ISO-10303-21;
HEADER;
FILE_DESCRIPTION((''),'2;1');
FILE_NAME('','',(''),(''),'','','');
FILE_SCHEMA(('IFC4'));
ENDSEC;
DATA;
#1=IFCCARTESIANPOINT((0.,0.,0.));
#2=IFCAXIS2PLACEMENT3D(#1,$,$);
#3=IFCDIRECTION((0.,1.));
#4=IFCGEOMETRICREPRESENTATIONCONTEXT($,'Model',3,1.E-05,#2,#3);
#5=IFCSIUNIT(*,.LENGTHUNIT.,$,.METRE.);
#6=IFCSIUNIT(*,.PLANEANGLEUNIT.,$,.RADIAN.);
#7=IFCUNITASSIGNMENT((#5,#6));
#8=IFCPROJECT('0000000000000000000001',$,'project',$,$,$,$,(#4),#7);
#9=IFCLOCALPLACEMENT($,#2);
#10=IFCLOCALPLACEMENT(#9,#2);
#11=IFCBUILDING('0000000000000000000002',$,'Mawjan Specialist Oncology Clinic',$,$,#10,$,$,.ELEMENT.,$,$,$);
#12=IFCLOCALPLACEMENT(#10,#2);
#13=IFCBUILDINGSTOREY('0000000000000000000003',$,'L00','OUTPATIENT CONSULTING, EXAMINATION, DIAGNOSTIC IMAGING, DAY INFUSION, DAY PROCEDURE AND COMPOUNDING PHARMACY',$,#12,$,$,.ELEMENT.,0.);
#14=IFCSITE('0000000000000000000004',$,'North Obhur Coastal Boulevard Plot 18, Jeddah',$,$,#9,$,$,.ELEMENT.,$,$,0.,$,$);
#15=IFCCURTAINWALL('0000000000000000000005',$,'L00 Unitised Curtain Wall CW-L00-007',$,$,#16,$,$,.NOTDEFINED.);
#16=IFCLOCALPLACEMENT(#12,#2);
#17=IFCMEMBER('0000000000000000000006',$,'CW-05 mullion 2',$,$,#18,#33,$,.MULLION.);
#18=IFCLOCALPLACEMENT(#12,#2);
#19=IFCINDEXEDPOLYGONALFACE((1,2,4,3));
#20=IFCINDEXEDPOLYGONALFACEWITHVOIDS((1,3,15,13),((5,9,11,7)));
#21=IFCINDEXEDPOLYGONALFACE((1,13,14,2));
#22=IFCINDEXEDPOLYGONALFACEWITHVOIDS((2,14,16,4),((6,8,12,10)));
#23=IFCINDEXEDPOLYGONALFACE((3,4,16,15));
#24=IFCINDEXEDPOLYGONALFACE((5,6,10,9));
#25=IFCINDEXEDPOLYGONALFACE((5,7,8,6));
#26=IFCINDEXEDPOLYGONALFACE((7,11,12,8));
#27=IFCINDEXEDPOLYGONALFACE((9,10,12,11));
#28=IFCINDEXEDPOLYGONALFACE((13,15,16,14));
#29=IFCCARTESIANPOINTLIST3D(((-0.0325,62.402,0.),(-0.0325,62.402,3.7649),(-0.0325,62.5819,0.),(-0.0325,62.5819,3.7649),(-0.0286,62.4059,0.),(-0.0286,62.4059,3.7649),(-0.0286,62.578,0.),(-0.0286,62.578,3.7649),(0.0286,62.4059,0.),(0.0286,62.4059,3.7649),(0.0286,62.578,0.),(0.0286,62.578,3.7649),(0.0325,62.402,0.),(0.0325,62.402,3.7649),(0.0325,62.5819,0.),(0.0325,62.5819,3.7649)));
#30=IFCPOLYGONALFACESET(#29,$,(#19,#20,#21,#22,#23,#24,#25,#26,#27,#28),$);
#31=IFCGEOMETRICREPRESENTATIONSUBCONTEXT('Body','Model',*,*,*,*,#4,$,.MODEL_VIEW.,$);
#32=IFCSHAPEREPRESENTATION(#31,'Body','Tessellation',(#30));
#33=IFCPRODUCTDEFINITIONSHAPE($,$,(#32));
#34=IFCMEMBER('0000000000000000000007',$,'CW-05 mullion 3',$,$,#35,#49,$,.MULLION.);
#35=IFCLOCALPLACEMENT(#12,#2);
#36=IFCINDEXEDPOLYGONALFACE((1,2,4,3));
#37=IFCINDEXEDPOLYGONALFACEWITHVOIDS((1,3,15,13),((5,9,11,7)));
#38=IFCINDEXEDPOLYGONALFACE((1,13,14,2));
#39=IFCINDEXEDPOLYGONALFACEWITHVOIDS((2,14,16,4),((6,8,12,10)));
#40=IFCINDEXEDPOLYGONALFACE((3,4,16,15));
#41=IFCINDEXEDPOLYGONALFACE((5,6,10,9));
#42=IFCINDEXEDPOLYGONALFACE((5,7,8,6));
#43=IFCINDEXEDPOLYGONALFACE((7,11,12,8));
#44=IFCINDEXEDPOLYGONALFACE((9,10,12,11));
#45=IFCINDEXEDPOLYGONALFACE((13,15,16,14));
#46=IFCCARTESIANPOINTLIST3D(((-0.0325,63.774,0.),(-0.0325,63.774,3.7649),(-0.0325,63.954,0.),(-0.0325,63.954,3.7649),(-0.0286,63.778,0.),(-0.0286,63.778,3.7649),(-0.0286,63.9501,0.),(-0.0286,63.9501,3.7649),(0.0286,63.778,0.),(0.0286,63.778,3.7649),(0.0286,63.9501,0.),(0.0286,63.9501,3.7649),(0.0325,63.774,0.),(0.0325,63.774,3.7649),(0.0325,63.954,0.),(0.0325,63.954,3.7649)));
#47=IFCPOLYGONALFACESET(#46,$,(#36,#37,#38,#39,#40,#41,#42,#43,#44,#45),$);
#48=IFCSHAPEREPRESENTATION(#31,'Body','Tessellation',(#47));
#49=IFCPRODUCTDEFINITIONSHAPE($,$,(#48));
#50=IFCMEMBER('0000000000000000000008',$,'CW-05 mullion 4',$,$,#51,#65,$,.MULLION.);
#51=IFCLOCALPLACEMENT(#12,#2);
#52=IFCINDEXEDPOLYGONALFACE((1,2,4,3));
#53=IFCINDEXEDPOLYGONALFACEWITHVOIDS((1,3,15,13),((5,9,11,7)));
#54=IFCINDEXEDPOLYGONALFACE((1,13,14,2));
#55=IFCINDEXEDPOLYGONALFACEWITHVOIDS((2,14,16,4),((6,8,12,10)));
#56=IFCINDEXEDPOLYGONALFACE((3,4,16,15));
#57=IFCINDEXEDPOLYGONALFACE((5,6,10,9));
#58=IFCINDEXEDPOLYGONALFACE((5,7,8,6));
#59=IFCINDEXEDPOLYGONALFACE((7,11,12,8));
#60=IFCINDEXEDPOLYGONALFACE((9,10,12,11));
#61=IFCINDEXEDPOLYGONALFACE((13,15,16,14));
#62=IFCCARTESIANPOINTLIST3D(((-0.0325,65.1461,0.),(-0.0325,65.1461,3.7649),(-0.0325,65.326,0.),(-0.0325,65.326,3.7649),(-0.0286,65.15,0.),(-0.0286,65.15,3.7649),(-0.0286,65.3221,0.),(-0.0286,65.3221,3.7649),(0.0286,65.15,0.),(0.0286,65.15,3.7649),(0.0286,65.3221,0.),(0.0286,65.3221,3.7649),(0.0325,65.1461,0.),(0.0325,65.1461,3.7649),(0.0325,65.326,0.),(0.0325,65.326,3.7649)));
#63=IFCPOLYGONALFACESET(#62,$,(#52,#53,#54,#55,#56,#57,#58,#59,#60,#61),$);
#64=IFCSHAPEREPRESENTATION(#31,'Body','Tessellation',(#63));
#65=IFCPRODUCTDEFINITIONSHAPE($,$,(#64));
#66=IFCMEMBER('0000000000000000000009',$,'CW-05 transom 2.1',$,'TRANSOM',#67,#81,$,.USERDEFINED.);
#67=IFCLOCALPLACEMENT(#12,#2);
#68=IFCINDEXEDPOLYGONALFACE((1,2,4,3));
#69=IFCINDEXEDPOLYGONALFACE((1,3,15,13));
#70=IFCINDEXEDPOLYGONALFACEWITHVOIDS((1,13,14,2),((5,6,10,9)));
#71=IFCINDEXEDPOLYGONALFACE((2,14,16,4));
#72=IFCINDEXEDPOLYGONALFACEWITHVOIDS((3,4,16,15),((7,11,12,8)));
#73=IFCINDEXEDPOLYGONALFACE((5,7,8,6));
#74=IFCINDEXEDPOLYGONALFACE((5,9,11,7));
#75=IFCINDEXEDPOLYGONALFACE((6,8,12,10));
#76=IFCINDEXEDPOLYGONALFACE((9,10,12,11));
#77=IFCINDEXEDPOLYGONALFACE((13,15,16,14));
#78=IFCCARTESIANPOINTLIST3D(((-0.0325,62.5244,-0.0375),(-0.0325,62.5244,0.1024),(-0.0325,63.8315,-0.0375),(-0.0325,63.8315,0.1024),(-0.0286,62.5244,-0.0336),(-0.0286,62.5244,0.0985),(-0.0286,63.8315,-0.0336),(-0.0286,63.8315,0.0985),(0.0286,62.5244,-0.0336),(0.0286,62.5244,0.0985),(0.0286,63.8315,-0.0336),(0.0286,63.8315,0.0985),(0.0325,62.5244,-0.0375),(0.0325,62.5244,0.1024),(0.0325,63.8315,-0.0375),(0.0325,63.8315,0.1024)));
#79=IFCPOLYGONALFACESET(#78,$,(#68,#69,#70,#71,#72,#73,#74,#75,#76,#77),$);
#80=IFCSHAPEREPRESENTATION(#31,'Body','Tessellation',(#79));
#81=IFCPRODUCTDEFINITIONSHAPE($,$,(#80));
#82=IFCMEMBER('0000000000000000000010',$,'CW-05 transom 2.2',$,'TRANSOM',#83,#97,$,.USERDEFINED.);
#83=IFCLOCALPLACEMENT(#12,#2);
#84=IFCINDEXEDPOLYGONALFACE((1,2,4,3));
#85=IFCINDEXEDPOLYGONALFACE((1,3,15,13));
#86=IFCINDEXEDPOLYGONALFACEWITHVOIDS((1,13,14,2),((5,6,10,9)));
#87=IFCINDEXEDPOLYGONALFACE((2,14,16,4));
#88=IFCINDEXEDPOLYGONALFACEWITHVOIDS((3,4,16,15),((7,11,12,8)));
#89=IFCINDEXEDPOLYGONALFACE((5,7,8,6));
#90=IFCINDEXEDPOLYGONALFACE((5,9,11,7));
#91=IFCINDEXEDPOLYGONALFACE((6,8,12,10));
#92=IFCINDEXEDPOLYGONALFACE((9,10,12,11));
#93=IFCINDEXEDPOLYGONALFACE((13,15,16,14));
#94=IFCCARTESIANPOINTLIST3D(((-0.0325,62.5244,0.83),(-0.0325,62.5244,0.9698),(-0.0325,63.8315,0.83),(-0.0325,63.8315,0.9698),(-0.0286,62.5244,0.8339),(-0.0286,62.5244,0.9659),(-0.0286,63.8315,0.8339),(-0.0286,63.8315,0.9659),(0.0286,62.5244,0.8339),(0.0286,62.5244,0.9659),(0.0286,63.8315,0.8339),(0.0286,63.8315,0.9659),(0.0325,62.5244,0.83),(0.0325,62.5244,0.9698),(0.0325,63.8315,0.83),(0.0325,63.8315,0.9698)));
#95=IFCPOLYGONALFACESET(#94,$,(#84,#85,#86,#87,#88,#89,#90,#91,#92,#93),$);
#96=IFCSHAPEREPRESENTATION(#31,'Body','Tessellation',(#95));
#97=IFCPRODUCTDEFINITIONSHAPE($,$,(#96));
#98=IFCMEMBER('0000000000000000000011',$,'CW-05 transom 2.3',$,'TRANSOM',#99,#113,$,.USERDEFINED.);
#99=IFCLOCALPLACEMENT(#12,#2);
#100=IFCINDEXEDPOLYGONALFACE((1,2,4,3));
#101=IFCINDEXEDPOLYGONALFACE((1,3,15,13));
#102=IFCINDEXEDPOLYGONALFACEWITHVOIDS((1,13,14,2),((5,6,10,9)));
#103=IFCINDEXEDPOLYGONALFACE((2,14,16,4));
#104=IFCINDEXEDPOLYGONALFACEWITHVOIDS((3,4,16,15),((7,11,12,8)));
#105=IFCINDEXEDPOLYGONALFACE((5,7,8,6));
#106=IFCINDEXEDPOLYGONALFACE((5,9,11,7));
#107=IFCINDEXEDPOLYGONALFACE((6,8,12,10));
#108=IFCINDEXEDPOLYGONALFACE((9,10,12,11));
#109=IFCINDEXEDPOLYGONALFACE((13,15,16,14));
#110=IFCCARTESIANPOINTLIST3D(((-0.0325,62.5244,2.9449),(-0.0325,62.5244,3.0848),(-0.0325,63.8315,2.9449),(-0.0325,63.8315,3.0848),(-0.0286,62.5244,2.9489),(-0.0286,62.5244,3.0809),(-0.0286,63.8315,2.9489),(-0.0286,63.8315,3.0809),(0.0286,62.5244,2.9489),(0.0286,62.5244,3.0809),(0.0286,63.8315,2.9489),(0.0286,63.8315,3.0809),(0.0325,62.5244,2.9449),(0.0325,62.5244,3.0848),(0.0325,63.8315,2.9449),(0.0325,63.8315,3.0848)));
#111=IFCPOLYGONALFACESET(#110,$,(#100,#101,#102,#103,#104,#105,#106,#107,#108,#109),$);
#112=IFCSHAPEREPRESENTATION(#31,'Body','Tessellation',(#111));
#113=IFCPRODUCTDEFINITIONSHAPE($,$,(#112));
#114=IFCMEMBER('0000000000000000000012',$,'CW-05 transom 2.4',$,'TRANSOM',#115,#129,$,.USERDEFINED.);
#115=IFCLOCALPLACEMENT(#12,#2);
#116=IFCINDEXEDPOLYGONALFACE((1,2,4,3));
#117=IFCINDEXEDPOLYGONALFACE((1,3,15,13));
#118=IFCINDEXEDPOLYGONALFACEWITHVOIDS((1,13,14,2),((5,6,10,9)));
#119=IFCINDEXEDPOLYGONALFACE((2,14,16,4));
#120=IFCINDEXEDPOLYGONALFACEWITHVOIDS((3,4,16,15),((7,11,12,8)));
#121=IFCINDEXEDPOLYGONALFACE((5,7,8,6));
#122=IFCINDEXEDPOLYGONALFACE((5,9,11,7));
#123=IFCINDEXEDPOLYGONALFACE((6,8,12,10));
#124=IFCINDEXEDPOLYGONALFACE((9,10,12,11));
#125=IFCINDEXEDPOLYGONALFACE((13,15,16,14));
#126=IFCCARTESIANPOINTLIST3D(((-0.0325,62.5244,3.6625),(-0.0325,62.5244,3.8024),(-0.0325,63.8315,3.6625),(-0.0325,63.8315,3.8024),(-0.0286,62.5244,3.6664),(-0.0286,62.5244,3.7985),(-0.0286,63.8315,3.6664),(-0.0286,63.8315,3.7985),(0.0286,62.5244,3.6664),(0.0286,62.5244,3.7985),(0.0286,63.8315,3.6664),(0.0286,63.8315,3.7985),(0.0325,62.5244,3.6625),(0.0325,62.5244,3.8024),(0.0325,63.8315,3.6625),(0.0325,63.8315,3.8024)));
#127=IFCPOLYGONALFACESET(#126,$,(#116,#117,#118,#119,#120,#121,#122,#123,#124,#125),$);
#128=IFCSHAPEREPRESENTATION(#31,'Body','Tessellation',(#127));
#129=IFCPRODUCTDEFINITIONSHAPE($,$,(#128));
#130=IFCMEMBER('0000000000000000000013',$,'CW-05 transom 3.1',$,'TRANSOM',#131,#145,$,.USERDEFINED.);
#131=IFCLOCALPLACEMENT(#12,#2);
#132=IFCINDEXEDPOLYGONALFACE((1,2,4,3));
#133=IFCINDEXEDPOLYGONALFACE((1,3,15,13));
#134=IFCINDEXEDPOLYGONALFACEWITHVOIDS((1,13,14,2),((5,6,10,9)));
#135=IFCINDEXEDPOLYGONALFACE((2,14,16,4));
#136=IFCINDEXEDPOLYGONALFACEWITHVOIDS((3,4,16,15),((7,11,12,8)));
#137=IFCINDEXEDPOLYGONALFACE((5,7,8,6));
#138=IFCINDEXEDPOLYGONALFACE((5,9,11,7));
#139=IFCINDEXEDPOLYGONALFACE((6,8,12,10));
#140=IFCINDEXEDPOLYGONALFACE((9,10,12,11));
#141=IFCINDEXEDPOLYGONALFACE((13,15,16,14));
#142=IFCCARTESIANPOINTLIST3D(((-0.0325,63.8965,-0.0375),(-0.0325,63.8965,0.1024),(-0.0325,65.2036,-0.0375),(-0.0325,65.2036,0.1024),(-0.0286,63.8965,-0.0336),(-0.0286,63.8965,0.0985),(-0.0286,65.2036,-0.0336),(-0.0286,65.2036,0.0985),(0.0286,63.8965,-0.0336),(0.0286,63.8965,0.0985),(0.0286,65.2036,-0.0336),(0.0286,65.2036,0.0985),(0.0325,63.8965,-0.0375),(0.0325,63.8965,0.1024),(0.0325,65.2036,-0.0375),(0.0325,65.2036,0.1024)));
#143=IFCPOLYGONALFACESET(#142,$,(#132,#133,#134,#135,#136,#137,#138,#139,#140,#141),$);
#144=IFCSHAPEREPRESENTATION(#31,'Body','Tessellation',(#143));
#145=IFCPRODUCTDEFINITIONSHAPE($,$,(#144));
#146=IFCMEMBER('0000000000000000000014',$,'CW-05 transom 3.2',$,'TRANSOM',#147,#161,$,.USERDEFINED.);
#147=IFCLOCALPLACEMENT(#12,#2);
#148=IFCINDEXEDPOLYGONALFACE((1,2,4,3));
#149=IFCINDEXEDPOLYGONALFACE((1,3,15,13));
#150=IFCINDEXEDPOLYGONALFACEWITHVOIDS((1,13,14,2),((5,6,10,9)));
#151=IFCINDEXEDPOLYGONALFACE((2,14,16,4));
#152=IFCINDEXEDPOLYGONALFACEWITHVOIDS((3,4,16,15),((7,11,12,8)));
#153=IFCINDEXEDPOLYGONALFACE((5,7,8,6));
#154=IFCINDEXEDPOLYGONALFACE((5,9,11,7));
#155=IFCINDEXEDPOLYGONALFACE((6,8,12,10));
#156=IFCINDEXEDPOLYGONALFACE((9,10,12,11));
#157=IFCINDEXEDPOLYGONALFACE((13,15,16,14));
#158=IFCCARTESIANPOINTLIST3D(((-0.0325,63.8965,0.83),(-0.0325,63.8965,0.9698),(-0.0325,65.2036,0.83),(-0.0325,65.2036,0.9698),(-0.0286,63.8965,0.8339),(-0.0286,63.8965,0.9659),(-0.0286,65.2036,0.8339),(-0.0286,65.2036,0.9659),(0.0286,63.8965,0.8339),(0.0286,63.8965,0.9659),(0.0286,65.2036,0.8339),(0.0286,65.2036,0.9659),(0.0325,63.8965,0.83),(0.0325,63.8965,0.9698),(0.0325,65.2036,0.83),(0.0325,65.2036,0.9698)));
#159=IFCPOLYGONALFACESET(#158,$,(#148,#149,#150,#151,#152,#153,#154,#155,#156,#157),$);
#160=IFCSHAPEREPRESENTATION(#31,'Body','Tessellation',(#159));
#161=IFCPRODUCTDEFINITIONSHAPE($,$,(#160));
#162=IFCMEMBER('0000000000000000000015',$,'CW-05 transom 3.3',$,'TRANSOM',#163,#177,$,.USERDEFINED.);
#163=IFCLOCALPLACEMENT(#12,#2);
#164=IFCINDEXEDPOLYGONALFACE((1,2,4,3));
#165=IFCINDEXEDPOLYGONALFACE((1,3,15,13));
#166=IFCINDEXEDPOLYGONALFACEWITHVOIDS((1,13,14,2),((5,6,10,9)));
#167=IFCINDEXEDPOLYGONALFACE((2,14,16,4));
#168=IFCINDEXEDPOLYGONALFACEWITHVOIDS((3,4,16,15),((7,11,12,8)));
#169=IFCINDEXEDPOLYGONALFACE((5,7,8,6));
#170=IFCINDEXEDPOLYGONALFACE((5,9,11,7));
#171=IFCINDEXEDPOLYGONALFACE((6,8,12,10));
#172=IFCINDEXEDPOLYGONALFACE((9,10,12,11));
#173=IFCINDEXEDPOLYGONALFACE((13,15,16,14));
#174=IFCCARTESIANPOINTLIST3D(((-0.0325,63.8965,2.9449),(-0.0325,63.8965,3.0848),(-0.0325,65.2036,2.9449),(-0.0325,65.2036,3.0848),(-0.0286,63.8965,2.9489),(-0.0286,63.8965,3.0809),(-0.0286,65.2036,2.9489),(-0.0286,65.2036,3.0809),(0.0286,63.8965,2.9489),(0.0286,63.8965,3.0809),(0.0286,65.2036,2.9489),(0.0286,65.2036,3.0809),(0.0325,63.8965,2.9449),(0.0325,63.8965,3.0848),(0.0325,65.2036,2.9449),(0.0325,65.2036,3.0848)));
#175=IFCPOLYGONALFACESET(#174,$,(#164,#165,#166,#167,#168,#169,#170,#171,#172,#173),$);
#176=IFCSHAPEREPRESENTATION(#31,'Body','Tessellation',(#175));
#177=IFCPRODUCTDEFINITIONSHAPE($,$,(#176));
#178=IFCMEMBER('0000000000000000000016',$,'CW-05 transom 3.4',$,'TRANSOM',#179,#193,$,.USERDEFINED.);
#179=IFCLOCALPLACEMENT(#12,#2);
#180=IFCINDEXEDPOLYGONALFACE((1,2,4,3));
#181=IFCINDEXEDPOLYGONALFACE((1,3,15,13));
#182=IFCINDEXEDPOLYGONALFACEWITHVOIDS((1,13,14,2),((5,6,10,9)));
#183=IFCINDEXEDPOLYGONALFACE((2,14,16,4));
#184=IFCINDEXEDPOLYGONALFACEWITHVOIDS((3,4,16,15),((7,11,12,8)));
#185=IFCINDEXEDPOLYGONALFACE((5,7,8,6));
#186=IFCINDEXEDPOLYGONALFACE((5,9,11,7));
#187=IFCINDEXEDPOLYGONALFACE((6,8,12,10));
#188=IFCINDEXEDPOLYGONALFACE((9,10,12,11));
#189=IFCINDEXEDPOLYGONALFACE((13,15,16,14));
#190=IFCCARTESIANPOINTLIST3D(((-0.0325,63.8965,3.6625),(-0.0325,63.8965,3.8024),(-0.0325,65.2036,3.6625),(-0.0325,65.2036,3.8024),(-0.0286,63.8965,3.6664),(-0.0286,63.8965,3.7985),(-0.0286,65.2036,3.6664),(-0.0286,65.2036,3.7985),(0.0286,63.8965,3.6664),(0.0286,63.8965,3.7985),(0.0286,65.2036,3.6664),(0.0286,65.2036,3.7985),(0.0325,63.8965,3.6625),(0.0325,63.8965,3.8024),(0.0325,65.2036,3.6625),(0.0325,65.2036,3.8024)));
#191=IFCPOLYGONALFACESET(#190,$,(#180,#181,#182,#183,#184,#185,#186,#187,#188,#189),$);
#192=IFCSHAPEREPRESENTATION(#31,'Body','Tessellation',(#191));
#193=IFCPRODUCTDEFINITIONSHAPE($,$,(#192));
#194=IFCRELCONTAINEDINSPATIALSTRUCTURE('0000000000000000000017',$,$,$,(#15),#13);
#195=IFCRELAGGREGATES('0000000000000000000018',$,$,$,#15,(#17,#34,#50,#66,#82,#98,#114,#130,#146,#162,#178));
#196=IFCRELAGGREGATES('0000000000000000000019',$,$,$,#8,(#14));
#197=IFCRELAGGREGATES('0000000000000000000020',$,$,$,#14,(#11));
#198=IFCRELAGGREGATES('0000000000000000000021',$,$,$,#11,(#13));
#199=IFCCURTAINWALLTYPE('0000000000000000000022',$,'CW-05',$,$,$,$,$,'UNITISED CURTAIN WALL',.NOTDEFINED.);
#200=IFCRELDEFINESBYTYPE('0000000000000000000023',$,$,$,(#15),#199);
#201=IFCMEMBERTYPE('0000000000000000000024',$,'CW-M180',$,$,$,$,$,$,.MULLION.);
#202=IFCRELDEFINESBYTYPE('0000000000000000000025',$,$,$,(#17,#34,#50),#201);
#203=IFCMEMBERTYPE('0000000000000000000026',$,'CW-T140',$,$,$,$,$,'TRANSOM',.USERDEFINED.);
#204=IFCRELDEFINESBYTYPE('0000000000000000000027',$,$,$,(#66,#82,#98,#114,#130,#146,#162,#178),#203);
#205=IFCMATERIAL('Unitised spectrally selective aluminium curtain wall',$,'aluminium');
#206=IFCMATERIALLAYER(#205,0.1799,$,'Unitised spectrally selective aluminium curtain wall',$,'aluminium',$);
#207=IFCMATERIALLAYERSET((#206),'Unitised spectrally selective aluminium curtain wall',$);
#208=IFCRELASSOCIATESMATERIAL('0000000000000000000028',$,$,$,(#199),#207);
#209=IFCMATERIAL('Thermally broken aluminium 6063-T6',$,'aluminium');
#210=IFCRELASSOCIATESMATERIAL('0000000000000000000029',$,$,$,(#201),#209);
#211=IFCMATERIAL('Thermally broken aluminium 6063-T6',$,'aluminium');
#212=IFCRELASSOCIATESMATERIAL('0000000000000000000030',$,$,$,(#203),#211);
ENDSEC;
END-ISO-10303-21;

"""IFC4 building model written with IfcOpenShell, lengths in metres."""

from ifc_helpers import new_model, si_unit, direction, frame, origin, origin_2d, place, context, subcontext, project, spatial, hollow_rectangle, extrude, material, layer, layer_set, material_profile, profile_set, type_object, element, aggregate, save


model = new_model("IFC4")

# Units and contexts
model_context = context("Model", 3, precision=1e-05, world=origin(), true_north=direction((0.0, 1.0)))
body_context = subcontext(model_context, "Body", "Model", "MODEL_VIEW")
ifc_project = project(units=[si_unit("LENGTHUNIT", "METRE"), si_unit("PLANEANGLEUNIT", "RADIAN")], contexts=[model_context])

# Site, building, storey
site_placement = place(None, origin())
site = spatial("IfcSite", under=ifc_project, at=site_placement, Name="North Obhur Coastal Boulevard Plot 18, Jeddah", CompositionType="ELEMENT", RefElevation=0.0)
building_placement = place(site_placement, origin())
building = spatial("IfcBuilding", under=site, at=building_placement, Name="Mawjan Specialist Oncology Clinic", CompositionType="ELEMENT")
storey_placement = place(building_placement, origin())
storey = spatial("IfcBuildingStorey", under=building, at=storey_placement, Name="L00", Description="OUTPATIENT CONSULTING, EXAMINATION, DIAGNOSTIC IMAGING, DAY INFUSION, DAY PROCEDURE AND COMPOUNDING PHARMACY", CompositionType="ELEMENT", Elevation=0.0)

# Curtain wall, members
ifc_material_1 = material(Name="Unitised spectrally selective aluminium curtain wall", Category="aluminium")
ifc_layer_1 = layer(ifc_material_1, 0.1799, Name="Unitised spectrally selective aluminium curtain wall", Category="aluminium")
ifc_layer_set_1 = layer_set([ifc_layer_1], Name="Unitised spectrally selective aluminium curtain wall")
curtain_wall_type = type_object("IfcCurtainWallType", Name="CW-05", ElementType="UNITISED CURTAIN WALL", PredefinedType="NOTDEFINED", material=ifc_layer_set_1)
curtain_wall_placement = place(storey_placement, origin())
curtain_wall = element("IfcCurtainWall", 1, at=curtain_wall_placement, inside=storey, type_object=curtain_wall_type, Name="L00 Unitised Curtain Wall CW-L00-007", PredefinedType="NOTDEFINED")
ifc_material_2 = material(Name="Thermally broken aluminium 6063-T6", Category="aluminium")
ifc_material_profile_1 = material_profile(ifc_material_2, hollow_rectangle(XDim=0.0649, YDim=0.1799, WallThickness=0.0039, at=origin_2d()), Name="ALU MULLION 180x65x4", Category="aluminium")
ifc_profile_set_1 = profile_set([ifc_material_profile_1], Name="Thermally broken aluminium 6063-T6")
member_type_1 = type_object("IfcMemberType", Name="CW-M180", PredefinedType="MULLION", material=ifc_profile_set_1)
member_1_placement = place(storey_placement, frame((0.0, 62.4919, 0.0), z_axis=(0.0, 0.0, 1.0), x_axis=(-1.0, 0.0, 0.0)))
member_1 = element("IfcMember", 2, at=member_1_placement, type_object=member_type_1, Name="CW-05 mullion 2", PredefinedType="MULLION", context=body_context, shape_type="SweptSolid", body=[
    extrude(hollow_rectangle(XDim=0.0649, YDim=0.1799, WallThickness=0.0039, at=origin_2d()), origin(), (0.0, 0.0, 1.0), 3.7649),
])
member_2_placement = place(storey_placement, frame((0.0, 63.864, 0.0), z_axis=(0.0, 0.0, 1.0), x_axis=(-1.0, 0.0, 0.0)))
member_2 = element("IfcMember", 3, at=member_2_placement, type_object=member_type_1, Name="CW-05 mullion 3", PredefinedType="MULLION", context=body_context, shape_type="SweptSolid", body=[
    extrude(hollow_rectangle(XDim=0.0649, YDim=0.1799, WallThickness=0.0039, at=origin_2d()), origin(), (0.0, 0.0, 1.0), 3.7649),
])
member_3_placement = place(storey_placement, frame((0.0, 65.2361, 0.0), z_axis=(0.0, 0.0, 1.0), x_axis=(-1.0, 0.0, 0.0)))
member_3 = element("IfcMember", 4, at=member_3_placement, type_object=member_type_1, Name="CW-05 mullion 4", PredefinedType="MULLION", context=body_context, shape_type="SweptSolid", body=[
    extrude(hollow_rectangle(XDim=0.0649, YDim=0.1799, WallThickness=0.0039, at=origin_2d()), origin(), (0.0, 0.0, 1.0), 3.7649),
])
ifc_material_3 = material(Name="Thermally broken aluminium 6063-T6", Category="aluminium")
ifc_material_profile_2 = material_profile(ifc_material_3, hollow_rectangle(XDim=0.0649, YDim=0.1399, WallThickness=0.0039, at=origin_2d()), Name="ALU TRANSOM 140x65x4", Category="aluminium")
ifc_profile_set_2 = profile_set([ifc_material_profile_2], Name="Thermally broken aluminium 6063-T6")
member_type_2 = type_object("IfcMemberType", Name="CW-T140", ElementType="TRANSOM", PredefinedType="USERDEFINED", material=ifc_profile_set_2)
member_4_placement = place(storey_placement, frame((0.0, 62.5244, 0.0325), z_axis=(0.0, 1.0, 0.0), x_axis=(-1.0, 0.0, 0.0)))
member_4 = element("IfcMember", 5, at=member_4_placement, type_object=member_type_2, Name="CW-05 transom 2.1", ObjectType="TRANSOM", PredefinedType="USERDEFINED", context=body_context, shape_type="SweptSolid", body=[
    extrude(hollow_rectangle(XDim=0.0649, YDim=0.1399, WallThickness=0.0039, at=origin_2d()), origin(), (0.0, 0.0, 1.0), 1.3071),
])
member_5_placement = place(storey_placement, frame((0.0, 62.5244, 0.8999), z_axis=(0.0, 1.0, 0.0), x_axis=(-1.0, 0.0, 0.0)))
member_5 = element("IfcMember", 6, at=member_5_placement, type_object=member_type_2, Name="CW-05 transom 2.2", ObjectType="TRANSOM", PredefinedType="USERDEFINED", context=body_context, shape_type="SweptSolid", body=[
    extrude(hollow_rectangle(XDim=0.0649, YDim=0.1399, WallThickness=0.0039, at=origin_2d()), origin(), (0.0, 0.0, 1.0), 1.3071),
])
member_6_placement = place(storey_placement, frame((0.0, 62.5244, 3.0149), z_axis=(0.0, 1.0, 0.0), x_axis=(-1.0, 0.0, 0.0)))
member_6 = element("IfcMember", 7, at=member_6_placement, type_object=member_type_2, Name="CW-05 transom 2.3", ObjectType="TRANSOM", PredefinedType="USERDEFINED", context=body_context, shape_type="SweptSolid", body=[
    extrude(hollow_rectangle(XDim=0.0649, YDim=0.1399, WallThickness=0.0039, at=origin_2d()), origin(), (0.0, 0.0, 1.0), 1.3071),
])
member_7_placement = place(storey_placement, frame((0.0, 62.5244, 3.7324), z_axis=(0.0, 1.0, 0.0), x_axis=(-1.0, 0.0, 0.0)))
member_7 = element("IfcMember", 8, at=member_7_placement, type_object=member_type_2, Name="CW-05 transom 2.4", ObjectType="TRANSOM", PredefinedType="USERDEFINED", context=body_context, shape_type="SweptSolid", body=[
    extrude(hollow_rectangle(XDim=0.0649, YDim=0.1399, WallThickness=0.0039, at=origin_2d()), origin(), (0.0, 0.0, 1.0), 1.3071),
])
member_8_placement = place(storey_placement, frame((0.0, 63.8965, 0.0325), z_axis=(0.0, 1.0, 0.0), x_axis=(-1.0, 0.0, 0.0)))
member_8 = element("IfcMember", 9, at=member_8_placement, type_object=member_type_2, Name="CW-05 transom 3.1", ObjectType="TRANSOM", PredefinedType="USERDEFINED", context=body_context, shape_type="SweptSolid", body=[
    extrude(hollow_rectangle(XDim=0.0649, YDim=0.1399, WallThickness=0.0039, at=origin_2d()), origin(), (0.0, 0.0, 1.0), 1.3071),
])
member_9_placement = place(storey_placement, frame((0.0, 63.8965, 0.8999), z_axis=(0.0, 1.0, 0.0), x_axis=(-1.0, 0.0, 0.0)))
member_9 = element("IfcMember", 10, at=member_9_placement, type_object=member_type_2, Name="CW-05 transom 3.2", ObjectType="TRANSOM", PredefinedType="USERDEFINED", context=body_context, shape_type="SweptSolid", body=[
    extrude(hollow_rectangle(XDim=0.0649, YDim=0.1399, WallThickness=0.0039, at=origin_2d()), origin(), (0.0, 0.0, 1.0), 1.3071),
])
member_10_placement = place(storey_placement, frame((0.0, 63.8965, 3.0149), z_axis=(0.0, 1.0, 0.0), x_axis=(-1.0, 0.0, 0.0)))
member_10 = element("IfcMember", 11, at=member_10_placement, type_object=member_type_2, Name="CW-05 transom 3.3", ObjectType="TRANSOM", PredefinedType="USERDEFINED", context=body_context, shape_type="SweptSolid", body=[
    extrude(hollow_rectangle(XDim=0.0649, YDim=0.1399, WallThickness=0.0039, at=origin_2d()), origin(), (0.0, 0.0, 1.0), 1.3071),
])
member_11_placement = place(storey_placement, frame((0.0, 63.8965, 3.7324), z_axis=(0.0, 1.0, 0.0), x_axis=(-1.0, 0.0, 0.0)))
member_11 = element("IfcMember", 12, at=member_11_placement, type_object=member_type_2, Name="CW-05 transom 3.4", ObjectType="TRANSOM", PredefinedType="USERDEFINED", context=body_context, shape_type="SweptSolid", body=[
    extrude(hollow_rectangle(XDim=0.0649, YDim=0.1399, WallThickness=0.0039, at=origin_2d()), origin(), (0.0, 0.0, 1.0), 1.3071),
])
aggregate(curtain_wall, [member_1, member_2, member_3, member_4, member_5, member_6, member_7, member_8, member_9, member_10, member_11])

save(model, "model.ifc")
